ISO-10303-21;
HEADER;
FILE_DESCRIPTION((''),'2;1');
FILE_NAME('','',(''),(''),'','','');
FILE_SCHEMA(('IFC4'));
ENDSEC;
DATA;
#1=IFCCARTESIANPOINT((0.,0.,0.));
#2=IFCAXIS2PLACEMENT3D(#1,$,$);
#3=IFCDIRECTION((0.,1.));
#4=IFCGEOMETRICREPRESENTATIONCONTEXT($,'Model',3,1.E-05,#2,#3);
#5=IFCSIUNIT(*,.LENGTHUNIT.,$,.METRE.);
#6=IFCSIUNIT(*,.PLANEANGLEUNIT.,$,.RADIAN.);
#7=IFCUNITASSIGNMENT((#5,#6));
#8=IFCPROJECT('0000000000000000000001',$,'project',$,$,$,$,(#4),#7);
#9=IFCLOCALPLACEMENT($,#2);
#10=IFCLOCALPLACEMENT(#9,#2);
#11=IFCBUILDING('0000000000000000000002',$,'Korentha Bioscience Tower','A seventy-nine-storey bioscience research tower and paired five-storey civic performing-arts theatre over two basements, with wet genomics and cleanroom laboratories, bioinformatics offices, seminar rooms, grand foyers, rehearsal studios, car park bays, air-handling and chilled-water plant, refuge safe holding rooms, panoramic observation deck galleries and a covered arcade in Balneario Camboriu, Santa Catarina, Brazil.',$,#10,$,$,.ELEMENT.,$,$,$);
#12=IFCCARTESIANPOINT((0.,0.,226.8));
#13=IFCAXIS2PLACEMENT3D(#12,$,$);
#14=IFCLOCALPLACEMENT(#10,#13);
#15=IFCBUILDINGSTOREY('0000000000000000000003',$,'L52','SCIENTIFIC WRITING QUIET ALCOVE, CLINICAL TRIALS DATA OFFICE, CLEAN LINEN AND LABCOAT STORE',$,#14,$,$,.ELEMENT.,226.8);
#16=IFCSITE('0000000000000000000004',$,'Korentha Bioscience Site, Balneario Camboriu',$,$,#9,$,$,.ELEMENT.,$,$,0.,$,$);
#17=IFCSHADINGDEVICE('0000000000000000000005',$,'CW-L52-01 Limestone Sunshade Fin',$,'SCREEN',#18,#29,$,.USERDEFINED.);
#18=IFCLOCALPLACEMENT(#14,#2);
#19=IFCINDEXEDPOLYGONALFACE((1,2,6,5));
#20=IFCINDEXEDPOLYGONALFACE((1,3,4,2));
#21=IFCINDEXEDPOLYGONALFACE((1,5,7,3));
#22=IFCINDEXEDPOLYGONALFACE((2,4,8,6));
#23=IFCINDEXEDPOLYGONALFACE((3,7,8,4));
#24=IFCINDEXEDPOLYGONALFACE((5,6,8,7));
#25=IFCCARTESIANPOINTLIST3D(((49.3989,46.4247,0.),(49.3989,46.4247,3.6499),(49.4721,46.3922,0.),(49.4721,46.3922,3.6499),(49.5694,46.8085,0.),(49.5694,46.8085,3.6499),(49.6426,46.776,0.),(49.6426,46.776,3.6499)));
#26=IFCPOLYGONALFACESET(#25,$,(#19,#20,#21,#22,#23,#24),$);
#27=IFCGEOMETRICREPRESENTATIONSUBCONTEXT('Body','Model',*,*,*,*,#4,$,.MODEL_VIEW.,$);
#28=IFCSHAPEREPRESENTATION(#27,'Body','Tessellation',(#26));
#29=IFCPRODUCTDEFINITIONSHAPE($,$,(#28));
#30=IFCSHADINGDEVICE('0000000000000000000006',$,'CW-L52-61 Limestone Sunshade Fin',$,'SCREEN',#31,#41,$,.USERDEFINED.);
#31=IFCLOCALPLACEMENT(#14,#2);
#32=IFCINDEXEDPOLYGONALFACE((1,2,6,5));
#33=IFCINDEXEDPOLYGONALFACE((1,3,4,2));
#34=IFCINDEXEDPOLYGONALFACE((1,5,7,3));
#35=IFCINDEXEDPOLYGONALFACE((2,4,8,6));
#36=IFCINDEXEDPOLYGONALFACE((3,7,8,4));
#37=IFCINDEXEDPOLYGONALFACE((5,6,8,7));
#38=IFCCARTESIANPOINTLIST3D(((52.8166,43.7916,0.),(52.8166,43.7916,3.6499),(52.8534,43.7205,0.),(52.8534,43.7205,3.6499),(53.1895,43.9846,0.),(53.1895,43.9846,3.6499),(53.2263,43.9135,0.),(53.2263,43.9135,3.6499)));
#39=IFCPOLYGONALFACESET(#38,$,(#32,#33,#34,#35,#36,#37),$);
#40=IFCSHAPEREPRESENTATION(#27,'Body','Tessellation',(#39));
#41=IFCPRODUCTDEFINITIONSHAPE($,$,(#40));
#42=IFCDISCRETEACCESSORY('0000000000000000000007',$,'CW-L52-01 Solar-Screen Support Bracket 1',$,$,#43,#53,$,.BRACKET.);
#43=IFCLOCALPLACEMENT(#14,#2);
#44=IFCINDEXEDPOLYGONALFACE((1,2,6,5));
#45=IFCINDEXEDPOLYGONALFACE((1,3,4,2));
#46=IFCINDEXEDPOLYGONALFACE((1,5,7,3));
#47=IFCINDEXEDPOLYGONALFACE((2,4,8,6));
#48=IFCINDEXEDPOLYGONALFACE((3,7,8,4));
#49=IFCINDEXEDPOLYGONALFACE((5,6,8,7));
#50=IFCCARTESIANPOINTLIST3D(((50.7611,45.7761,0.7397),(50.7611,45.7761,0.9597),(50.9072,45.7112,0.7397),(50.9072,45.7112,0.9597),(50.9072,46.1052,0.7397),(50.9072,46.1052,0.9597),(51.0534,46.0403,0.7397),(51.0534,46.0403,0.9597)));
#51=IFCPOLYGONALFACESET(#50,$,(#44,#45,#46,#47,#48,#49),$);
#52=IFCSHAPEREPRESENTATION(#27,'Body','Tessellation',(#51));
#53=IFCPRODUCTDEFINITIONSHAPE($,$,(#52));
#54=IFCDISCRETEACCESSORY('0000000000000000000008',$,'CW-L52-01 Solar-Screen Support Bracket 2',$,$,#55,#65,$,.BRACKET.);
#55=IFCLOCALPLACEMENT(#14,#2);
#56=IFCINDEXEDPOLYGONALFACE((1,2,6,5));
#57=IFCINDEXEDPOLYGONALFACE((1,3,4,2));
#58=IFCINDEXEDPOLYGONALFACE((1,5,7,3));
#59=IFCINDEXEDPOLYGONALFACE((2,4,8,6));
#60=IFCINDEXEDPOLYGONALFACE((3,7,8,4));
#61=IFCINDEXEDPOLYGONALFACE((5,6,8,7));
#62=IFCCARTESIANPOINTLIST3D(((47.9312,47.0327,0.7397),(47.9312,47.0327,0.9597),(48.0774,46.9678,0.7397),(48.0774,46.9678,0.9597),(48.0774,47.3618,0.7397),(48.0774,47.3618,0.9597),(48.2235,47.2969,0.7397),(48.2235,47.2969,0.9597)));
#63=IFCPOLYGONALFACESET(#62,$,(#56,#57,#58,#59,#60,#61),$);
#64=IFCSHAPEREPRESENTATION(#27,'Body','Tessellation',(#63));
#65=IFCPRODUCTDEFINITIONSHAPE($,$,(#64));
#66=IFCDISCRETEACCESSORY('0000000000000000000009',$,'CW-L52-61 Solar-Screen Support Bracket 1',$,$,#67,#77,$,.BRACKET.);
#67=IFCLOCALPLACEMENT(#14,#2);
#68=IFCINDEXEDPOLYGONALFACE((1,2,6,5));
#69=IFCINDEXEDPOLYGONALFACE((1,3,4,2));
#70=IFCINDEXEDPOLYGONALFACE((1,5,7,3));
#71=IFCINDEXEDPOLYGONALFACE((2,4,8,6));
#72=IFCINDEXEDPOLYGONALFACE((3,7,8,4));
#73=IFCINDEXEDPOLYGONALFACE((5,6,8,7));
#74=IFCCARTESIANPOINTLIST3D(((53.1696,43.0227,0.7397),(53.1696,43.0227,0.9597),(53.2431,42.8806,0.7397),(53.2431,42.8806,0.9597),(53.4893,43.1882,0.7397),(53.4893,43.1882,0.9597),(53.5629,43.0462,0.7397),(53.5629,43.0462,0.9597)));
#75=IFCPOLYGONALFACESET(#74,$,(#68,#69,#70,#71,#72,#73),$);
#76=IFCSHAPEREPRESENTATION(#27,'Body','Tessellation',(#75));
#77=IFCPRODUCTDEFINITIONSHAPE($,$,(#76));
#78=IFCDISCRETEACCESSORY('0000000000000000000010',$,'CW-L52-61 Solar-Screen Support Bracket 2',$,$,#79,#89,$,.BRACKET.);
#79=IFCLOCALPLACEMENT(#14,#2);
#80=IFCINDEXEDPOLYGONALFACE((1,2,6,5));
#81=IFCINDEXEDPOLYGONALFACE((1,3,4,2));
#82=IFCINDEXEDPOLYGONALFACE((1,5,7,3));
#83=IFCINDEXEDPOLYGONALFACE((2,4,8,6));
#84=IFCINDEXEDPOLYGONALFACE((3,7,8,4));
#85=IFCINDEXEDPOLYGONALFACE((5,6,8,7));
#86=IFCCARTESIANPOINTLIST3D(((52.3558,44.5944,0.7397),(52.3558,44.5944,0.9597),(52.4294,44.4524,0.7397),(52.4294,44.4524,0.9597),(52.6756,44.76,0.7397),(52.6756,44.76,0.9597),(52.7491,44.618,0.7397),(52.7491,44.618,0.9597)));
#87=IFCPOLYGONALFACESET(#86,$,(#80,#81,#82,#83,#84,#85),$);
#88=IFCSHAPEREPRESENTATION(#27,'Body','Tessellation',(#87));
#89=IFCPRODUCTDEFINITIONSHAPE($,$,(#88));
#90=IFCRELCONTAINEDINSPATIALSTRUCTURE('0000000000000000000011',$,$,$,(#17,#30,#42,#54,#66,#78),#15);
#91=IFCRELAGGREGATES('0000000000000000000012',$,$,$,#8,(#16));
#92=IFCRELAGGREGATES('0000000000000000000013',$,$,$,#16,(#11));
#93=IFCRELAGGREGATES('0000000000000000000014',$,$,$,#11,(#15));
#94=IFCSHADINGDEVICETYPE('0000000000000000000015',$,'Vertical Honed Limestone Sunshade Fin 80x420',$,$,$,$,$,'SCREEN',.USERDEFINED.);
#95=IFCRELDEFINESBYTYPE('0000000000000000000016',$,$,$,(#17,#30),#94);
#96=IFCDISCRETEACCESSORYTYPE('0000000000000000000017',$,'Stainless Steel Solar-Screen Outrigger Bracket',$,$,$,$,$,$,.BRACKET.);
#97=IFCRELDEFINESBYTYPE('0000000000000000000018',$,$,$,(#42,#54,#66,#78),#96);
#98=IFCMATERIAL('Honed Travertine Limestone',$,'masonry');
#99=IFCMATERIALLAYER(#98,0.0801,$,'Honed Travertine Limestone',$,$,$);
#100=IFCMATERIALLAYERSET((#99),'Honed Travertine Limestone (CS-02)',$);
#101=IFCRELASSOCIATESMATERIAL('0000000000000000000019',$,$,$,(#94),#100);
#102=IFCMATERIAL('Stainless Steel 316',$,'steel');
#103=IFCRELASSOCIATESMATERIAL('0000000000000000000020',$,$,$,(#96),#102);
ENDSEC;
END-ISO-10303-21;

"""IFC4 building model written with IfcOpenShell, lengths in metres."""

from ifc_helpers import new_model, si_unit, direction, frame, origin, origin_2d, place, context, subcontext, project, spatial, rectangle, extrude, material, layer, layer_set, type_object, element, save


model = new_model("IFC4")

# Units and contexts
model_context = context("Model", 3, precision=1e-05, world=origin(), true_north=direction((0.0, 1.0)))
body_context = subcontext(model_context, "Body", "Model", "MODEL_VIEW")
ifc_project = project(units=[si_unit("LENGTHUNIT", "METRE"), si_unit("PLANEANGLEUNIT", "RADIAN")], contexts=[model_context])

# Site, building, storey
site_placement = place(None, origin())
site = spatial("IfcSite", under=ifc_project, at=site_placement, Name="Korentha Bioscience Site, Balneario Camboriu", CompositionType="ELEMENT", RefElevation=0.0)
building_placement = place(site_placement, origin())
building = spatial("IfcBuilding", under=site, at=building_placement, Name="Korentha Bioscience Tower", Description="A seventy-nine-storey bioscience research tower and paired five-storey civic performing-arts theatre over two basements, with wet genomics and cleanroom laboratories, bioinformatics offices, seminar rooms, grand foyers, rehearsal studios, car park bays, air-handling and chilled-water plant, refuge safe holding rooms, panoramic observation deck galleries and a covered arcade in Balneario Camboriu, Santa Catarina, Brazil.", CompositionType="ELEMENT")
storey_placement = place(building_placement, frame((0.0, 0.0, 226.8)))
storey = spatial("IfcBuildingStorey", under=building, at=storey_placement, Name="L52", Description="SCIENTIFIC WRITING QUIET ALCOVE, CLINICAL TRIALS DATA OFFICE, CLEAN LINEN AND LABCOAT STORE", CompositionType="ELEMENT", Elevation=226.8)

# Shading devices
ifc_material_1 = material(Name="Honed Travertine Limestone", Category="masonry")
ifc_layer_1 = layer(ifc_material_1, 0.0801, Name="Honed Travertine Limestone")
ifc_layer_set_1 = layer_set([ifc_layer_1], Name="Honed Travertine Limestone (CS-02)")
shading_device_type_1 = type_object("IfcShadingDeviceType", Name="Vertical Honed Limestone Sunshade Fin 80x420", ElementType="SCREEN", PredefinedType="USERDEFINED", material=ifc_layer_set_1)
for number, where, z_axis, x_axis, name in (
    (1, (49.5208, 46.6003, 0.0), (0.0, 0.0, 1.0), (-0.913944, 0.40584, 0.0), "CW-L52-01 Limestone Sunshade Fin"),
    (2, (53.0215, 43.8525, 0.0), (0.0, 0.0, 1.0), (-0.459738, 0.888055, 0.0), "CW-L52-61 Limestone Sunshade Fin"),
):
    element("IfcShadingDevice", number, at=place(storey_placement, frame(where, z_axis=z_axis, x_axis=x_axis)), inside=storey, type_object=shading_device_type_1, Name=name, ObjectType="SCREEN", PredefinedType="USERDEFINED", context=body_context, shape_type="SweptSolid", body=[
        extrude(rectangle(XDim=0.0801, YDim=0.4199, at=origin_2d()), origin(), (0.0, 0.0, 1.0), 3.6499),
    ])

# Discrete accessories
ifc_material_2 = material(Name="Stainless Steel 316", Category="steel")
discrete_accessory_type = type_object("IfcDiscreteAccessoryType", Name="Stainless Steel Solar-Screen Outrigger Bracket", PredefinedType="BRACKET", material=ifc_material_2)
for number, where, z_axis, x_axis, name in (
    (3, (50.9072, 45.9082, 0.7397), (0.0, 0.0, 1.0), (-0.913944, 0.40584, 0.0), "CW-L52-01 Solar-Screen Support Bracket 1"),
    (4, (48.0774, 47.1648, 0.7397), (0.0, 0.0, 1.0), (-0.913944, 0.40584, 0.0), "CW-L52-01 Solar-Screen Support Bracket 2"),
    (5, (53.3662, 43.0344, 0.7397), (0.0, 0.0, 1.0), (-0.459738, 0.888055, 0.0), "CW-L52-61 Solar-Screen Support Bracket 1"),
    (6, (52.5525, 44.6062, 0.7397), (0.0, 0.0, 1.0), (-0.459738, 0.888055, 0.0), "CW-L52-61 Solar-Screen Support Bracket 2"),
):
    element("IfcDiscreteAccessory", number, at=place(storey_placement, frame(where, z_axis=z_axis, x_axis=x_axis)), inside=storey, type_object=discrete_accessory_type, Name=name, PredefinedType="BRACKET", context=body_context, shape_type="SweptSolid", body=[
        extrude(rectangle(XDim=0.1599, YDim=0.3601, at=origin_2d()), origin(), (0.0, 0.0, 1.0), 0.22),
    ])

save(model, "model.ifc")
